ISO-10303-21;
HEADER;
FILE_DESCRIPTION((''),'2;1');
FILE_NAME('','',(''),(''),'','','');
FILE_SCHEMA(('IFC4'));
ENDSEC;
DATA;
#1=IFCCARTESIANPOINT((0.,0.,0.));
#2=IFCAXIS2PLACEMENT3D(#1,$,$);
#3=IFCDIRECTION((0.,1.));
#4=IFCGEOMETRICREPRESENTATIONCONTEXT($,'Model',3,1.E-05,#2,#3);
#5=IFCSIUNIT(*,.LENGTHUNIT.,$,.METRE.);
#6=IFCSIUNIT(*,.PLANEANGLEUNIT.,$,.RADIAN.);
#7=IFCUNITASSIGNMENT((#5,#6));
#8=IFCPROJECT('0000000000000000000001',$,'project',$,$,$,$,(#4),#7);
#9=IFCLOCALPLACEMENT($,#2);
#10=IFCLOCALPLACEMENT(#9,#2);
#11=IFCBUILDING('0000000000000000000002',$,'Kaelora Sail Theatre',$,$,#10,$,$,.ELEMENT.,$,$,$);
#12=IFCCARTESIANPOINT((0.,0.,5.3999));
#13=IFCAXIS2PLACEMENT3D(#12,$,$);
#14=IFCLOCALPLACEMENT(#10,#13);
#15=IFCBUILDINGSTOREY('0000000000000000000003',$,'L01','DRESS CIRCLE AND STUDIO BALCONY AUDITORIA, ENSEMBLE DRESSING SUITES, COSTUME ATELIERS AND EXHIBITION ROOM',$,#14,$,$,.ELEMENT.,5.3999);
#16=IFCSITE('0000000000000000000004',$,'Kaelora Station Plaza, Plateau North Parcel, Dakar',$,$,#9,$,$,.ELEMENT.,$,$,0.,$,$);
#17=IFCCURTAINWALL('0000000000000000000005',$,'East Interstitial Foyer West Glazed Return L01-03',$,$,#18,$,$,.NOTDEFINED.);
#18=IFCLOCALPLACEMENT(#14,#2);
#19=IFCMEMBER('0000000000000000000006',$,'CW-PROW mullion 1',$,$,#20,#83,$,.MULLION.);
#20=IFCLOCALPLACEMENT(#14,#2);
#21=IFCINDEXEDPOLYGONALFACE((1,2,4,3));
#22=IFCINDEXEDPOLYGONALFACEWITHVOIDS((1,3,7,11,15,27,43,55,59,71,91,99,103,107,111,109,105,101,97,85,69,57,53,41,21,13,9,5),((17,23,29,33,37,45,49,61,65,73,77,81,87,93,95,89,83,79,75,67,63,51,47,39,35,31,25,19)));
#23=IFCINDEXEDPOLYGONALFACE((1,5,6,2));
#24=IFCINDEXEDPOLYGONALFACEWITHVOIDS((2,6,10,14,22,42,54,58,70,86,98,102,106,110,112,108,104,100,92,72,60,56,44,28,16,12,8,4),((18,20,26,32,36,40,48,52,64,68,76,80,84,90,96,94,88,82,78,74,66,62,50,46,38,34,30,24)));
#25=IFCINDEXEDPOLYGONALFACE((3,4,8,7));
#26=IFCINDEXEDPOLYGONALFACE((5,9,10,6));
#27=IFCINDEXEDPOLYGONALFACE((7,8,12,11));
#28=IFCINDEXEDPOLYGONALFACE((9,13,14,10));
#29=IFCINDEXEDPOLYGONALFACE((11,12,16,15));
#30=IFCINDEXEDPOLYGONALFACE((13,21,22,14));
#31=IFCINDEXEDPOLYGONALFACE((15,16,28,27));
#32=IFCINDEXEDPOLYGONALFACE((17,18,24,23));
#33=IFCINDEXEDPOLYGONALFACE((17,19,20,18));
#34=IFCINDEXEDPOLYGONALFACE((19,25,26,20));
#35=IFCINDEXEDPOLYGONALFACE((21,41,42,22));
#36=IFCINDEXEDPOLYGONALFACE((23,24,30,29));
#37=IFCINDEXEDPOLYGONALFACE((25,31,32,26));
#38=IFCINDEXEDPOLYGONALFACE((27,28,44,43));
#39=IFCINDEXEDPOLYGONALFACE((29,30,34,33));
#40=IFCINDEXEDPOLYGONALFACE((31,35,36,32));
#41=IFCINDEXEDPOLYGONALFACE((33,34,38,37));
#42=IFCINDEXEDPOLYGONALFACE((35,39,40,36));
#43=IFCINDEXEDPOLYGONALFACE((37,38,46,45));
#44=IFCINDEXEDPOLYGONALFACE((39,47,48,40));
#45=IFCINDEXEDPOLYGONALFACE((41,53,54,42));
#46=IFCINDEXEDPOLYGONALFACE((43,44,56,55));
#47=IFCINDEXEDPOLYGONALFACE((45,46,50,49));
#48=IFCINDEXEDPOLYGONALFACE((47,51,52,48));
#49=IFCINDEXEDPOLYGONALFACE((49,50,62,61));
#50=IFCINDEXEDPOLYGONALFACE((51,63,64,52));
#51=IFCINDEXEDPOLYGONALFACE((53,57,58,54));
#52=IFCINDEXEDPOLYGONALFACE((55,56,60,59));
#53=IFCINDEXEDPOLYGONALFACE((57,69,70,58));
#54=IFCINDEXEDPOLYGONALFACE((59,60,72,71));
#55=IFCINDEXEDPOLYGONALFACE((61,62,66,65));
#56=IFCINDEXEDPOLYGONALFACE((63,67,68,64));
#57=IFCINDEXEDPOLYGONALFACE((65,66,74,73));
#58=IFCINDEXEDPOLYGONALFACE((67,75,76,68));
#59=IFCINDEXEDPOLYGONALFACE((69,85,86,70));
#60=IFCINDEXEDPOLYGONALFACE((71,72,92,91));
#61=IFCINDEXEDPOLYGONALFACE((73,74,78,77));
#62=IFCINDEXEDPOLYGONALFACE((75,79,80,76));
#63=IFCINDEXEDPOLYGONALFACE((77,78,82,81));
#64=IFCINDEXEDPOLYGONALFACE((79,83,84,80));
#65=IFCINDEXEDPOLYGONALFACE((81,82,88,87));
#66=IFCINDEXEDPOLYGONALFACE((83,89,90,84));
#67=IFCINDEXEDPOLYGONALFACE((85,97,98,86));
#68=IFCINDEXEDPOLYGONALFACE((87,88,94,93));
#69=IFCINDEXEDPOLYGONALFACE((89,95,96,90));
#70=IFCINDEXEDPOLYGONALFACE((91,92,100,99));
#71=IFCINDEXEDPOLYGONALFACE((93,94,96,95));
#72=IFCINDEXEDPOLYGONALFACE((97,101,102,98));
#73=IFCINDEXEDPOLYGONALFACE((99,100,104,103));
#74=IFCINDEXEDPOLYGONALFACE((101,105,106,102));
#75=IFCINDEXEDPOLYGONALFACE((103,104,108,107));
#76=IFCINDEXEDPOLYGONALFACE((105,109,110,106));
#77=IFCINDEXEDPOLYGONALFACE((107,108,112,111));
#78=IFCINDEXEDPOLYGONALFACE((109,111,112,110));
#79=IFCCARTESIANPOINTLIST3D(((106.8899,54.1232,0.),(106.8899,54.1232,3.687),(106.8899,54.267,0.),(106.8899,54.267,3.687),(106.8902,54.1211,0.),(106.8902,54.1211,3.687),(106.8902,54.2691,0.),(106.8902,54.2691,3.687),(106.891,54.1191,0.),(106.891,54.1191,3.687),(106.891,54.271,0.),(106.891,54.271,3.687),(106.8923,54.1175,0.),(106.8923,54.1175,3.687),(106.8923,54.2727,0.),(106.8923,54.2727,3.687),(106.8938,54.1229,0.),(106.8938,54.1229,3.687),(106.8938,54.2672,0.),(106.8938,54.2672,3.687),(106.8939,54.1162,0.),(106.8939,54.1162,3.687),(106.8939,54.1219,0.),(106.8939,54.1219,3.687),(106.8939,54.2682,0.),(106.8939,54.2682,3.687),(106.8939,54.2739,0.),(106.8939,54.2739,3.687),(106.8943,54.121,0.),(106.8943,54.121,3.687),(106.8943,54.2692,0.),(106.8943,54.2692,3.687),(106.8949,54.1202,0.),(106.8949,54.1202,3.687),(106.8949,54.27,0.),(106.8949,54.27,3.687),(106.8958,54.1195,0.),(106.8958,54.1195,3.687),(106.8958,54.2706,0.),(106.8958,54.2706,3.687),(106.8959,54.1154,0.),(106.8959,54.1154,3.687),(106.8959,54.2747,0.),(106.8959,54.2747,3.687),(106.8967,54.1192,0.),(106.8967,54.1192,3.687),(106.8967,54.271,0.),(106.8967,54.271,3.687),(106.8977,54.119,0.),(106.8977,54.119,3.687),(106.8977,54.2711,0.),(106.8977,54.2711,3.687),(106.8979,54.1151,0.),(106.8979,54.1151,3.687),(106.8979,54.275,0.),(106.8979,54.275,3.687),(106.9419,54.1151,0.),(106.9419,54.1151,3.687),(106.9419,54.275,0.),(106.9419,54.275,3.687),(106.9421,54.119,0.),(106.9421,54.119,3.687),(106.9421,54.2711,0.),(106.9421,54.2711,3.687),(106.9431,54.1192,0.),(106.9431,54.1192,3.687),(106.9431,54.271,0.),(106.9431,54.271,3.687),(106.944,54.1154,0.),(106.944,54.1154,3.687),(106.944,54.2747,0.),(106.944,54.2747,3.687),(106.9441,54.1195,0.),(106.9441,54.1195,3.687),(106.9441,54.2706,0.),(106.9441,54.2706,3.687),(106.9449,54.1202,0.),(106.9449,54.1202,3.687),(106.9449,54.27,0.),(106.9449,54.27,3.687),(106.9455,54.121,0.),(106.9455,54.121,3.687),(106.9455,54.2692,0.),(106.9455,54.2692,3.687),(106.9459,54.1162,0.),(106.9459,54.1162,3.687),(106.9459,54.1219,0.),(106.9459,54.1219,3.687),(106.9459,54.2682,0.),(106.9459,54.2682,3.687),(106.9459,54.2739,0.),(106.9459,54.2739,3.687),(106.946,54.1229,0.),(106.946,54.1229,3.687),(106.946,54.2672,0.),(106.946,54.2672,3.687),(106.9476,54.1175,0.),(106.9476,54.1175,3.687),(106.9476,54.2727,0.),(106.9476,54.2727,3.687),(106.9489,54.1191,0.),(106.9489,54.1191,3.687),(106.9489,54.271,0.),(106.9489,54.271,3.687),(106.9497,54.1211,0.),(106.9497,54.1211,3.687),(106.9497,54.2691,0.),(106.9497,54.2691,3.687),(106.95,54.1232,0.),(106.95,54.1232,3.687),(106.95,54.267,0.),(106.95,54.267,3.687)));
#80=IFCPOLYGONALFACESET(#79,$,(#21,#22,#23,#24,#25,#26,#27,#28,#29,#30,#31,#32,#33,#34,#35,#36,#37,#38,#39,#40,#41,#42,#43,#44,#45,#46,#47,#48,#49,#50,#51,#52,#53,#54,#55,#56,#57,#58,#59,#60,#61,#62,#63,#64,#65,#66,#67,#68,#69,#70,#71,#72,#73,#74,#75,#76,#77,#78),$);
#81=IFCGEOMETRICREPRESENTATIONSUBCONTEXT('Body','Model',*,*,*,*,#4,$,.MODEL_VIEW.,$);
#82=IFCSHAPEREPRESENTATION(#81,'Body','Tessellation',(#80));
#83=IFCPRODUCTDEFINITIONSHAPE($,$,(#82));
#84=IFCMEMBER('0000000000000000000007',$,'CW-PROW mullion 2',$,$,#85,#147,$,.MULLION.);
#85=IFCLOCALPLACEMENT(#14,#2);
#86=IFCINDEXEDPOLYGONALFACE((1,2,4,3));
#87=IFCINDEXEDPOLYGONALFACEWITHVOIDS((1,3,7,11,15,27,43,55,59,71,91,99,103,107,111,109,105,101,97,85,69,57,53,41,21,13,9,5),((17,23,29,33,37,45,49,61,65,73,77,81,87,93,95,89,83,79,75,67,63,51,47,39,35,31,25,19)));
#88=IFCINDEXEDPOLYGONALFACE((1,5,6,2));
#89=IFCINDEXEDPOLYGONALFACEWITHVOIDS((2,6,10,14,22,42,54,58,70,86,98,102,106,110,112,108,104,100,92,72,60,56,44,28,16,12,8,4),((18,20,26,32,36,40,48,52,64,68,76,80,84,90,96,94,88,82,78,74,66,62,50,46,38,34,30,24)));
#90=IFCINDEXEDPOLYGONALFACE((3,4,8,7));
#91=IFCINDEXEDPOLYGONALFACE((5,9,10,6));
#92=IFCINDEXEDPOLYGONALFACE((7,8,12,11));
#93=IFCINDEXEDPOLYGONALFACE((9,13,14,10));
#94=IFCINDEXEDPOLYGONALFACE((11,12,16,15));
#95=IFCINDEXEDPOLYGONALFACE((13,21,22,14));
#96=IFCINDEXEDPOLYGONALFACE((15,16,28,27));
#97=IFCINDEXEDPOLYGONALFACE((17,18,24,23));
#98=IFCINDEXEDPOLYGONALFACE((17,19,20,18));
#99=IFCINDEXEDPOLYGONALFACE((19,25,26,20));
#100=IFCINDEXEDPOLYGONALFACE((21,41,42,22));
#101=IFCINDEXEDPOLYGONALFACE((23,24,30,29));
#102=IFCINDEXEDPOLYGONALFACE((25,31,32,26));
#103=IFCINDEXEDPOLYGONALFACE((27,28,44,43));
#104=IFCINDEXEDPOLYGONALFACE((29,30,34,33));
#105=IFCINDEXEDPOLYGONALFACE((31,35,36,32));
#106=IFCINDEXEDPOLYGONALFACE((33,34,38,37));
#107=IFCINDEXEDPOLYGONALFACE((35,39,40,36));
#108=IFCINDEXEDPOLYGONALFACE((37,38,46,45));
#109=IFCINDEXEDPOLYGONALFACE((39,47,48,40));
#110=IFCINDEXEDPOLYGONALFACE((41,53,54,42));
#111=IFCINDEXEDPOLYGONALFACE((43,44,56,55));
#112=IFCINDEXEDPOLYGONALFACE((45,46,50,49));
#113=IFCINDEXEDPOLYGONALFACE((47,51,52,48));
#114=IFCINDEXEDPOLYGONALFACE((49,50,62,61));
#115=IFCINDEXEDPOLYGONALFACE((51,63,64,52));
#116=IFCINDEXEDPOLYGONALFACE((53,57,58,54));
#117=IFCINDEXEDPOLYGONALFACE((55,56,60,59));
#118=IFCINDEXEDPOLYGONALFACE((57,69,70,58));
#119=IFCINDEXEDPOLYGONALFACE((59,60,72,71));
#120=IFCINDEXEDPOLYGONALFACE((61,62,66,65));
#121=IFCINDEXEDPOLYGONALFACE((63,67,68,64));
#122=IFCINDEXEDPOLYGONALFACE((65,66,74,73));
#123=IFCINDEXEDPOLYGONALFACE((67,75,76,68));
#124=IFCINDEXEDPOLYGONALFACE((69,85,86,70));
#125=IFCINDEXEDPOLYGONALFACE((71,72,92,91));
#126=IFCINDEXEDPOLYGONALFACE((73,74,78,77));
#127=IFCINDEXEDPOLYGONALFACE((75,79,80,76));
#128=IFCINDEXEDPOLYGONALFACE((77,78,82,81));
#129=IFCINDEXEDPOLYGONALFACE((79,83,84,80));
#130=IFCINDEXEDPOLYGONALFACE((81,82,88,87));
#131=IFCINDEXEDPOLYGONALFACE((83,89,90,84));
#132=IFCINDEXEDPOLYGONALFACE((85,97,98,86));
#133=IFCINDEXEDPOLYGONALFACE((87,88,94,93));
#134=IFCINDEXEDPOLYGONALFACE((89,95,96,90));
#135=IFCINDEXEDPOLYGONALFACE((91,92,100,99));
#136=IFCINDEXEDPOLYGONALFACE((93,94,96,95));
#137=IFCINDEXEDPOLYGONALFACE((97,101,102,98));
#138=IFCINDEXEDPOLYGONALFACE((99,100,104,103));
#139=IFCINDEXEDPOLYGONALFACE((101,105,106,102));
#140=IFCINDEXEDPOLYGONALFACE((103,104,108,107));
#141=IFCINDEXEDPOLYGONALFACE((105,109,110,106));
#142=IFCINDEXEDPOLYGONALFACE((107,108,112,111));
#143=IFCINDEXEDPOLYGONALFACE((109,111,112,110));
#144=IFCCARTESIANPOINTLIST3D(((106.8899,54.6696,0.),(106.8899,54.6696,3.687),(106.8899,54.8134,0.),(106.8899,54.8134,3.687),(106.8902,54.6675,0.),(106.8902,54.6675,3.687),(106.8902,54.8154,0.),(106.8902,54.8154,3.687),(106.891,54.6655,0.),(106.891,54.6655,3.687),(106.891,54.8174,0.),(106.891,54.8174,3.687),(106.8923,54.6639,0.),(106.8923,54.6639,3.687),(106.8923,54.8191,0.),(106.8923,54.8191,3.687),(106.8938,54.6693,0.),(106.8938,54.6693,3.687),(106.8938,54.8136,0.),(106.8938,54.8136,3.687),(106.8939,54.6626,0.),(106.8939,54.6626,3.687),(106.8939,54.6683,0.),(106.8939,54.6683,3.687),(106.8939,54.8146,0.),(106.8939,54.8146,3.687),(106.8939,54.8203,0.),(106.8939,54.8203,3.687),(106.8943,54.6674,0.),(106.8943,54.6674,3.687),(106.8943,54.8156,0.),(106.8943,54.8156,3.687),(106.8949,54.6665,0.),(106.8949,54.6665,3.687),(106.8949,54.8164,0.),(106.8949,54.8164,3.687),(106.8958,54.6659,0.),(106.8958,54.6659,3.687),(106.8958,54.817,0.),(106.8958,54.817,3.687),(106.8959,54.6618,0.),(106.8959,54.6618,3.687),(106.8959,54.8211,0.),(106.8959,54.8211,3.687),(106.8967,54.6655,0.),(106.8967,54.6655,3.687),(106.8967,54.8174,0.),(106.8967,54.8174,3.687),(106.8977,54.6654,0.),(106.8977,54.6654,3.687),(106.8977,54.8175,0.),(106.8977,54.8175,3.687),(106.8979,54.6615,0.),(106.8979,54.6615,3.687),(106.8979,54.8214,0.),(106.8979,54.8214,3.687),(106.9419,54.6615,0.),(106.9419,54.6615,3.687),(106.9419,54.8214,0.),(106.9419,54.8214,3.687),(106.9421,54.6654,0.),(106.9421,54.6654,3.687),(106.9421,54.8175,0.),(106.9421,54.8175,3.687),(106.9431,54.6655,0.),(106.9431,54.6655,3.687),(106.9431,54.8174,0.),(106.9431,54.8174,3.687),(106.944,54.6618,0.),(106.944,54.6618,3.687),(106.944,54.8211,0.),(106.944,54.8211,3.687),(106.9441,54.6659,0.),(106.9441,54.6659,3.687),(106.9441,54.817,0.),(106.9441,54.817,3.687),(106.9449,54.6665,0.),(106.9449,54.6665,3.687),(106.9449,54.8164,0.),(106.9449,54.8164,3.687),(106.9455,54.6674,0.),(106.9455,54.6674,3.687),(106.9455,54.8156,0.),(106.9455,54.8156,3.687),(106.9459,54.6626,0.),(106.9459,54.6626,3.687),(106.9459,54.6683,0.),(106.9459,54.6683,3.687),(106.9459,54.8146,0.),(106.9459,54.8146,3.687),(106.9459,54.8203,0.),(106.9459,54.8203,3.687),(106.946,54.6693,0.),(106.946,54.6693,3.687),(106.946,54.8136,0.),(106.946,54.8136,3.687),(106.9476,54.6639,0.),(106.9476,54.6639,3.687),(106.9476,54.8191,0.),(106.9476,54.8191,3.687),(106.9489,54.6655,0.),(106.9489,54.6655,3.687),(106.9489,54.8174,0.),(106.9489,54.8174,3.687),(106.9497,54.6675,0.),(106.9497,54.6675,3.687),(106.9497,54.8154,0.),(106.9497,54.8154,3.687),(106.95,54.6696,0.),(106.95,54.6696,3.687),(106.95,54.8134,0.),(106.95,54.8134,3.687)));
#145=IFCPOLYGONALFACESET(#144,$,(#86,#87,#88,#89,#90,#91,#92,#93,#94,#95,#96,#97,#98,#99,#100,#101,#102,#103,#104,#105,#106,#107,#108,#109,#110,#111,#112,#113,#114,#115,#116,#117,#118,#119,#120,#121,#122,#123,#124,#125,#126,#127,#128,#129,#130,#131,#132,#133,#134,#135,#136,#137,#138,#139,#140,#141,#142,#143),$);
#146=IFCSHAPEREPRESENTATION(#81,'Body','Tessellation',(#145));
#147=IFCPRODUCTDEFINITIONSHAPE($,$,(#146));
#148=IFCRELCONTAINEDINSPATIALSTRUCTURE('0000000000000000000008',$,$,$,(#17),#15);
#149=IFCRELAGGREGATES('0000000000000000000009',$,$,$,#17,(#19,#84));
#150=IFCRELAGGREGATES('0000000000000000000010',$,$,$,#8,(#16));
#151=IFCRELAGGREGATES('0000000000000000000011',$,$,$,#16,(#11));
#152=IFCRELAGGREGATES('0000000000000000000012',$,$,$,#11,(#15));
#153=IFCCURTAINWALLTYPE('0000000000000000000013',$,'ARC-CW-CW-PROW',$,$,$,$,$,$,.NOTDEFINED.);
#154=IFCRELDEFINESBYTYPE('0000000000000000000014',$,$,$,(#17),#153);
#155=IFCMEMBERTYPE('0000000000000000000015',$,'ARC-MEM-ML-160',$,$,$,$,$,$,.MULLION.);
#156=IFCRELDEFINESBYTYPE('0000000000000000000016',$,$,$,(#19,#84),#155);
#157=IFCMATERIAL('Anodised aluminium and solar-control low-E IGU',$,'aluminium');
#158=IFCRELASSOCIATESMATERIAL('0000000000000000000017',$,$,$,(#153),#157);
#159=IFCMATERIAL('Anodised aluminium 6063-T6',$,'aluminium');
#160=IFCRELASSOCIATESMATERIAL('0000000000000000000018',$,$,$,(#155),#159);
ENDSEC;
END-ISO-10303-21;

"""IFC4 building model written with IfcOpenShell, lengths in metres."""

from ifc_helpers import new_model, si_unit, direction, frame, origin, origin_2d, place, context, subcontext, project, spatial, hollow_rectangle, extrude, material, material_profile, profile_set, type_object, element, aggregate, save


model = new_model("IFC4")

# Units and contexts
model_context = context("Model", 3, precision=1e-05, world=origin(), true_north=direction((0.0, 1.0)))
body_context = subcontext(model_context, "Body", "Model", "MODEL_VIEW")
ifc_project = project(units=[si_unit("LENGTHUNIT", "METRE"), si_unit("PLANEANGLEUNIT", "RADIAN")], contexts=[model_context])

# Site, building, storey
site_placement = place(None, origin())
site = spatial("IfcSite", under=ifc_project, at=site_placement, Name="Kaelora Station Plaza, Plateau North Parcel, Dakar", CompositionType="ELEMENT", RefElevation=0.0)
building_placement = place(site_placement, origin())
building = spatial("IfcBuilding", under=site, at=building_placement, Name="Kaelora Sail Theatre", CompositionType="ELEMENT")
storey_placement = place(building_placement, frame((0.0, 0.0, 5.3999)))
storey = spatial("IfcBuildingStorey", under=building, at=storey_placement, Name="L01", Description="DRESS CIRCLE AND STUDIO BALCONY AUDITORIA, ENSEMBLE DRESSING SUITES, COSTUME ATELIERS AND EXHIBITION ROOM", CompositionType="ELEMENT", Elevation=5.3999)

# Curtain wall, members
ifc_material_1 = material(Name="Anodised aluminium and solar-control low-E IGU", Category="aluminium")
curtain_wall_type = type_object("IfcCurtainWallType", Name="ARC-CW-CW-PROW", PredefinedType="NOTDEFINED", material=ifc_material_1)
curtain_wall_placement = place(storey_placement, origin())
curtain_wall = element("IfcCurtainWall", 1, at=curtain_wall_placement, inside=storey, type_object=curtain_wall_type, Name="East Interstitial Foyer West Glazed Return L01-03", PredefinedType="NOTDEFINED")
ifc_material_2 = material(Name="Anodised aluminium 6063-T6", Category="aluminium")
ifc_material_profile_1 = material_profile(ifc_material_2, hollow_rectangle(XDim=0.0601, YDim=0.1599, WallThickness=0.0039, InnerFilletRadius=0.0039, OuterFilletRadius=0.0081, at=origin_2d()), Name="ALU-MULL 60x160x4")
ifc_profile_set_1 = profile_set([ifc_material_profile_1], Name="Anodised aluminium 6063-T6")
member_type_1 = type_object("IfcMemberType", Name="ARC-MEM-ML-160", PredefinedType="MULLION", material=ifc_profile_set_1)
member_1_placement = place(storey_placement, frame((106.9199, 54.1951, 0.0), z_axis=(0.0, 0.0, 1.0), x_axis=(-1.0, 0.0, 0.0)))
member_1 = element("IfcMember", 2, at=member_1_placement, type_object=member_type_1, Name="CW-PROW mullion 1", PredefinedType="MULLION", context=body_context, shape_type="SweptSolid", body=[
    extrude(hollow_rectangle(XDim=0.0601, YDim=0.1599, WallThickness=0.0039, InnerFilletRadius=0.0039, OuterFilletRadius=0.0081, at=origin_2d()), origin(), (0.0, 0.0, 1.0), 3.687),
])
member_2_placement = place(storey_placement, frame((106.9199, 54.7415, 0.0), z_axis=(0.0, 0.0, 1.0), x_axis=(-1.0, 0.0, 0.0)))
member_2 = element("IfcMember", 3, at=member_2_placement, type_object=member_type_1, Name="CW-PROW mullion 2", PredefinedType="MULLION", context=body_context, shape_type="SweptSolid", body=[
    extrude(hollow_rectangle(XDim=0.0601, YDim=0.1599, WallThickness=0.0039, InnerFilletRadius=0.0039, OuterFilletRadius=0.0081, at=origin_2d()), origin(), (0.0, 0.0, 1.0), 3.687),
])

aggregate(curtain_wall, [member_1, member_2])

save(model, "model.ifc")
